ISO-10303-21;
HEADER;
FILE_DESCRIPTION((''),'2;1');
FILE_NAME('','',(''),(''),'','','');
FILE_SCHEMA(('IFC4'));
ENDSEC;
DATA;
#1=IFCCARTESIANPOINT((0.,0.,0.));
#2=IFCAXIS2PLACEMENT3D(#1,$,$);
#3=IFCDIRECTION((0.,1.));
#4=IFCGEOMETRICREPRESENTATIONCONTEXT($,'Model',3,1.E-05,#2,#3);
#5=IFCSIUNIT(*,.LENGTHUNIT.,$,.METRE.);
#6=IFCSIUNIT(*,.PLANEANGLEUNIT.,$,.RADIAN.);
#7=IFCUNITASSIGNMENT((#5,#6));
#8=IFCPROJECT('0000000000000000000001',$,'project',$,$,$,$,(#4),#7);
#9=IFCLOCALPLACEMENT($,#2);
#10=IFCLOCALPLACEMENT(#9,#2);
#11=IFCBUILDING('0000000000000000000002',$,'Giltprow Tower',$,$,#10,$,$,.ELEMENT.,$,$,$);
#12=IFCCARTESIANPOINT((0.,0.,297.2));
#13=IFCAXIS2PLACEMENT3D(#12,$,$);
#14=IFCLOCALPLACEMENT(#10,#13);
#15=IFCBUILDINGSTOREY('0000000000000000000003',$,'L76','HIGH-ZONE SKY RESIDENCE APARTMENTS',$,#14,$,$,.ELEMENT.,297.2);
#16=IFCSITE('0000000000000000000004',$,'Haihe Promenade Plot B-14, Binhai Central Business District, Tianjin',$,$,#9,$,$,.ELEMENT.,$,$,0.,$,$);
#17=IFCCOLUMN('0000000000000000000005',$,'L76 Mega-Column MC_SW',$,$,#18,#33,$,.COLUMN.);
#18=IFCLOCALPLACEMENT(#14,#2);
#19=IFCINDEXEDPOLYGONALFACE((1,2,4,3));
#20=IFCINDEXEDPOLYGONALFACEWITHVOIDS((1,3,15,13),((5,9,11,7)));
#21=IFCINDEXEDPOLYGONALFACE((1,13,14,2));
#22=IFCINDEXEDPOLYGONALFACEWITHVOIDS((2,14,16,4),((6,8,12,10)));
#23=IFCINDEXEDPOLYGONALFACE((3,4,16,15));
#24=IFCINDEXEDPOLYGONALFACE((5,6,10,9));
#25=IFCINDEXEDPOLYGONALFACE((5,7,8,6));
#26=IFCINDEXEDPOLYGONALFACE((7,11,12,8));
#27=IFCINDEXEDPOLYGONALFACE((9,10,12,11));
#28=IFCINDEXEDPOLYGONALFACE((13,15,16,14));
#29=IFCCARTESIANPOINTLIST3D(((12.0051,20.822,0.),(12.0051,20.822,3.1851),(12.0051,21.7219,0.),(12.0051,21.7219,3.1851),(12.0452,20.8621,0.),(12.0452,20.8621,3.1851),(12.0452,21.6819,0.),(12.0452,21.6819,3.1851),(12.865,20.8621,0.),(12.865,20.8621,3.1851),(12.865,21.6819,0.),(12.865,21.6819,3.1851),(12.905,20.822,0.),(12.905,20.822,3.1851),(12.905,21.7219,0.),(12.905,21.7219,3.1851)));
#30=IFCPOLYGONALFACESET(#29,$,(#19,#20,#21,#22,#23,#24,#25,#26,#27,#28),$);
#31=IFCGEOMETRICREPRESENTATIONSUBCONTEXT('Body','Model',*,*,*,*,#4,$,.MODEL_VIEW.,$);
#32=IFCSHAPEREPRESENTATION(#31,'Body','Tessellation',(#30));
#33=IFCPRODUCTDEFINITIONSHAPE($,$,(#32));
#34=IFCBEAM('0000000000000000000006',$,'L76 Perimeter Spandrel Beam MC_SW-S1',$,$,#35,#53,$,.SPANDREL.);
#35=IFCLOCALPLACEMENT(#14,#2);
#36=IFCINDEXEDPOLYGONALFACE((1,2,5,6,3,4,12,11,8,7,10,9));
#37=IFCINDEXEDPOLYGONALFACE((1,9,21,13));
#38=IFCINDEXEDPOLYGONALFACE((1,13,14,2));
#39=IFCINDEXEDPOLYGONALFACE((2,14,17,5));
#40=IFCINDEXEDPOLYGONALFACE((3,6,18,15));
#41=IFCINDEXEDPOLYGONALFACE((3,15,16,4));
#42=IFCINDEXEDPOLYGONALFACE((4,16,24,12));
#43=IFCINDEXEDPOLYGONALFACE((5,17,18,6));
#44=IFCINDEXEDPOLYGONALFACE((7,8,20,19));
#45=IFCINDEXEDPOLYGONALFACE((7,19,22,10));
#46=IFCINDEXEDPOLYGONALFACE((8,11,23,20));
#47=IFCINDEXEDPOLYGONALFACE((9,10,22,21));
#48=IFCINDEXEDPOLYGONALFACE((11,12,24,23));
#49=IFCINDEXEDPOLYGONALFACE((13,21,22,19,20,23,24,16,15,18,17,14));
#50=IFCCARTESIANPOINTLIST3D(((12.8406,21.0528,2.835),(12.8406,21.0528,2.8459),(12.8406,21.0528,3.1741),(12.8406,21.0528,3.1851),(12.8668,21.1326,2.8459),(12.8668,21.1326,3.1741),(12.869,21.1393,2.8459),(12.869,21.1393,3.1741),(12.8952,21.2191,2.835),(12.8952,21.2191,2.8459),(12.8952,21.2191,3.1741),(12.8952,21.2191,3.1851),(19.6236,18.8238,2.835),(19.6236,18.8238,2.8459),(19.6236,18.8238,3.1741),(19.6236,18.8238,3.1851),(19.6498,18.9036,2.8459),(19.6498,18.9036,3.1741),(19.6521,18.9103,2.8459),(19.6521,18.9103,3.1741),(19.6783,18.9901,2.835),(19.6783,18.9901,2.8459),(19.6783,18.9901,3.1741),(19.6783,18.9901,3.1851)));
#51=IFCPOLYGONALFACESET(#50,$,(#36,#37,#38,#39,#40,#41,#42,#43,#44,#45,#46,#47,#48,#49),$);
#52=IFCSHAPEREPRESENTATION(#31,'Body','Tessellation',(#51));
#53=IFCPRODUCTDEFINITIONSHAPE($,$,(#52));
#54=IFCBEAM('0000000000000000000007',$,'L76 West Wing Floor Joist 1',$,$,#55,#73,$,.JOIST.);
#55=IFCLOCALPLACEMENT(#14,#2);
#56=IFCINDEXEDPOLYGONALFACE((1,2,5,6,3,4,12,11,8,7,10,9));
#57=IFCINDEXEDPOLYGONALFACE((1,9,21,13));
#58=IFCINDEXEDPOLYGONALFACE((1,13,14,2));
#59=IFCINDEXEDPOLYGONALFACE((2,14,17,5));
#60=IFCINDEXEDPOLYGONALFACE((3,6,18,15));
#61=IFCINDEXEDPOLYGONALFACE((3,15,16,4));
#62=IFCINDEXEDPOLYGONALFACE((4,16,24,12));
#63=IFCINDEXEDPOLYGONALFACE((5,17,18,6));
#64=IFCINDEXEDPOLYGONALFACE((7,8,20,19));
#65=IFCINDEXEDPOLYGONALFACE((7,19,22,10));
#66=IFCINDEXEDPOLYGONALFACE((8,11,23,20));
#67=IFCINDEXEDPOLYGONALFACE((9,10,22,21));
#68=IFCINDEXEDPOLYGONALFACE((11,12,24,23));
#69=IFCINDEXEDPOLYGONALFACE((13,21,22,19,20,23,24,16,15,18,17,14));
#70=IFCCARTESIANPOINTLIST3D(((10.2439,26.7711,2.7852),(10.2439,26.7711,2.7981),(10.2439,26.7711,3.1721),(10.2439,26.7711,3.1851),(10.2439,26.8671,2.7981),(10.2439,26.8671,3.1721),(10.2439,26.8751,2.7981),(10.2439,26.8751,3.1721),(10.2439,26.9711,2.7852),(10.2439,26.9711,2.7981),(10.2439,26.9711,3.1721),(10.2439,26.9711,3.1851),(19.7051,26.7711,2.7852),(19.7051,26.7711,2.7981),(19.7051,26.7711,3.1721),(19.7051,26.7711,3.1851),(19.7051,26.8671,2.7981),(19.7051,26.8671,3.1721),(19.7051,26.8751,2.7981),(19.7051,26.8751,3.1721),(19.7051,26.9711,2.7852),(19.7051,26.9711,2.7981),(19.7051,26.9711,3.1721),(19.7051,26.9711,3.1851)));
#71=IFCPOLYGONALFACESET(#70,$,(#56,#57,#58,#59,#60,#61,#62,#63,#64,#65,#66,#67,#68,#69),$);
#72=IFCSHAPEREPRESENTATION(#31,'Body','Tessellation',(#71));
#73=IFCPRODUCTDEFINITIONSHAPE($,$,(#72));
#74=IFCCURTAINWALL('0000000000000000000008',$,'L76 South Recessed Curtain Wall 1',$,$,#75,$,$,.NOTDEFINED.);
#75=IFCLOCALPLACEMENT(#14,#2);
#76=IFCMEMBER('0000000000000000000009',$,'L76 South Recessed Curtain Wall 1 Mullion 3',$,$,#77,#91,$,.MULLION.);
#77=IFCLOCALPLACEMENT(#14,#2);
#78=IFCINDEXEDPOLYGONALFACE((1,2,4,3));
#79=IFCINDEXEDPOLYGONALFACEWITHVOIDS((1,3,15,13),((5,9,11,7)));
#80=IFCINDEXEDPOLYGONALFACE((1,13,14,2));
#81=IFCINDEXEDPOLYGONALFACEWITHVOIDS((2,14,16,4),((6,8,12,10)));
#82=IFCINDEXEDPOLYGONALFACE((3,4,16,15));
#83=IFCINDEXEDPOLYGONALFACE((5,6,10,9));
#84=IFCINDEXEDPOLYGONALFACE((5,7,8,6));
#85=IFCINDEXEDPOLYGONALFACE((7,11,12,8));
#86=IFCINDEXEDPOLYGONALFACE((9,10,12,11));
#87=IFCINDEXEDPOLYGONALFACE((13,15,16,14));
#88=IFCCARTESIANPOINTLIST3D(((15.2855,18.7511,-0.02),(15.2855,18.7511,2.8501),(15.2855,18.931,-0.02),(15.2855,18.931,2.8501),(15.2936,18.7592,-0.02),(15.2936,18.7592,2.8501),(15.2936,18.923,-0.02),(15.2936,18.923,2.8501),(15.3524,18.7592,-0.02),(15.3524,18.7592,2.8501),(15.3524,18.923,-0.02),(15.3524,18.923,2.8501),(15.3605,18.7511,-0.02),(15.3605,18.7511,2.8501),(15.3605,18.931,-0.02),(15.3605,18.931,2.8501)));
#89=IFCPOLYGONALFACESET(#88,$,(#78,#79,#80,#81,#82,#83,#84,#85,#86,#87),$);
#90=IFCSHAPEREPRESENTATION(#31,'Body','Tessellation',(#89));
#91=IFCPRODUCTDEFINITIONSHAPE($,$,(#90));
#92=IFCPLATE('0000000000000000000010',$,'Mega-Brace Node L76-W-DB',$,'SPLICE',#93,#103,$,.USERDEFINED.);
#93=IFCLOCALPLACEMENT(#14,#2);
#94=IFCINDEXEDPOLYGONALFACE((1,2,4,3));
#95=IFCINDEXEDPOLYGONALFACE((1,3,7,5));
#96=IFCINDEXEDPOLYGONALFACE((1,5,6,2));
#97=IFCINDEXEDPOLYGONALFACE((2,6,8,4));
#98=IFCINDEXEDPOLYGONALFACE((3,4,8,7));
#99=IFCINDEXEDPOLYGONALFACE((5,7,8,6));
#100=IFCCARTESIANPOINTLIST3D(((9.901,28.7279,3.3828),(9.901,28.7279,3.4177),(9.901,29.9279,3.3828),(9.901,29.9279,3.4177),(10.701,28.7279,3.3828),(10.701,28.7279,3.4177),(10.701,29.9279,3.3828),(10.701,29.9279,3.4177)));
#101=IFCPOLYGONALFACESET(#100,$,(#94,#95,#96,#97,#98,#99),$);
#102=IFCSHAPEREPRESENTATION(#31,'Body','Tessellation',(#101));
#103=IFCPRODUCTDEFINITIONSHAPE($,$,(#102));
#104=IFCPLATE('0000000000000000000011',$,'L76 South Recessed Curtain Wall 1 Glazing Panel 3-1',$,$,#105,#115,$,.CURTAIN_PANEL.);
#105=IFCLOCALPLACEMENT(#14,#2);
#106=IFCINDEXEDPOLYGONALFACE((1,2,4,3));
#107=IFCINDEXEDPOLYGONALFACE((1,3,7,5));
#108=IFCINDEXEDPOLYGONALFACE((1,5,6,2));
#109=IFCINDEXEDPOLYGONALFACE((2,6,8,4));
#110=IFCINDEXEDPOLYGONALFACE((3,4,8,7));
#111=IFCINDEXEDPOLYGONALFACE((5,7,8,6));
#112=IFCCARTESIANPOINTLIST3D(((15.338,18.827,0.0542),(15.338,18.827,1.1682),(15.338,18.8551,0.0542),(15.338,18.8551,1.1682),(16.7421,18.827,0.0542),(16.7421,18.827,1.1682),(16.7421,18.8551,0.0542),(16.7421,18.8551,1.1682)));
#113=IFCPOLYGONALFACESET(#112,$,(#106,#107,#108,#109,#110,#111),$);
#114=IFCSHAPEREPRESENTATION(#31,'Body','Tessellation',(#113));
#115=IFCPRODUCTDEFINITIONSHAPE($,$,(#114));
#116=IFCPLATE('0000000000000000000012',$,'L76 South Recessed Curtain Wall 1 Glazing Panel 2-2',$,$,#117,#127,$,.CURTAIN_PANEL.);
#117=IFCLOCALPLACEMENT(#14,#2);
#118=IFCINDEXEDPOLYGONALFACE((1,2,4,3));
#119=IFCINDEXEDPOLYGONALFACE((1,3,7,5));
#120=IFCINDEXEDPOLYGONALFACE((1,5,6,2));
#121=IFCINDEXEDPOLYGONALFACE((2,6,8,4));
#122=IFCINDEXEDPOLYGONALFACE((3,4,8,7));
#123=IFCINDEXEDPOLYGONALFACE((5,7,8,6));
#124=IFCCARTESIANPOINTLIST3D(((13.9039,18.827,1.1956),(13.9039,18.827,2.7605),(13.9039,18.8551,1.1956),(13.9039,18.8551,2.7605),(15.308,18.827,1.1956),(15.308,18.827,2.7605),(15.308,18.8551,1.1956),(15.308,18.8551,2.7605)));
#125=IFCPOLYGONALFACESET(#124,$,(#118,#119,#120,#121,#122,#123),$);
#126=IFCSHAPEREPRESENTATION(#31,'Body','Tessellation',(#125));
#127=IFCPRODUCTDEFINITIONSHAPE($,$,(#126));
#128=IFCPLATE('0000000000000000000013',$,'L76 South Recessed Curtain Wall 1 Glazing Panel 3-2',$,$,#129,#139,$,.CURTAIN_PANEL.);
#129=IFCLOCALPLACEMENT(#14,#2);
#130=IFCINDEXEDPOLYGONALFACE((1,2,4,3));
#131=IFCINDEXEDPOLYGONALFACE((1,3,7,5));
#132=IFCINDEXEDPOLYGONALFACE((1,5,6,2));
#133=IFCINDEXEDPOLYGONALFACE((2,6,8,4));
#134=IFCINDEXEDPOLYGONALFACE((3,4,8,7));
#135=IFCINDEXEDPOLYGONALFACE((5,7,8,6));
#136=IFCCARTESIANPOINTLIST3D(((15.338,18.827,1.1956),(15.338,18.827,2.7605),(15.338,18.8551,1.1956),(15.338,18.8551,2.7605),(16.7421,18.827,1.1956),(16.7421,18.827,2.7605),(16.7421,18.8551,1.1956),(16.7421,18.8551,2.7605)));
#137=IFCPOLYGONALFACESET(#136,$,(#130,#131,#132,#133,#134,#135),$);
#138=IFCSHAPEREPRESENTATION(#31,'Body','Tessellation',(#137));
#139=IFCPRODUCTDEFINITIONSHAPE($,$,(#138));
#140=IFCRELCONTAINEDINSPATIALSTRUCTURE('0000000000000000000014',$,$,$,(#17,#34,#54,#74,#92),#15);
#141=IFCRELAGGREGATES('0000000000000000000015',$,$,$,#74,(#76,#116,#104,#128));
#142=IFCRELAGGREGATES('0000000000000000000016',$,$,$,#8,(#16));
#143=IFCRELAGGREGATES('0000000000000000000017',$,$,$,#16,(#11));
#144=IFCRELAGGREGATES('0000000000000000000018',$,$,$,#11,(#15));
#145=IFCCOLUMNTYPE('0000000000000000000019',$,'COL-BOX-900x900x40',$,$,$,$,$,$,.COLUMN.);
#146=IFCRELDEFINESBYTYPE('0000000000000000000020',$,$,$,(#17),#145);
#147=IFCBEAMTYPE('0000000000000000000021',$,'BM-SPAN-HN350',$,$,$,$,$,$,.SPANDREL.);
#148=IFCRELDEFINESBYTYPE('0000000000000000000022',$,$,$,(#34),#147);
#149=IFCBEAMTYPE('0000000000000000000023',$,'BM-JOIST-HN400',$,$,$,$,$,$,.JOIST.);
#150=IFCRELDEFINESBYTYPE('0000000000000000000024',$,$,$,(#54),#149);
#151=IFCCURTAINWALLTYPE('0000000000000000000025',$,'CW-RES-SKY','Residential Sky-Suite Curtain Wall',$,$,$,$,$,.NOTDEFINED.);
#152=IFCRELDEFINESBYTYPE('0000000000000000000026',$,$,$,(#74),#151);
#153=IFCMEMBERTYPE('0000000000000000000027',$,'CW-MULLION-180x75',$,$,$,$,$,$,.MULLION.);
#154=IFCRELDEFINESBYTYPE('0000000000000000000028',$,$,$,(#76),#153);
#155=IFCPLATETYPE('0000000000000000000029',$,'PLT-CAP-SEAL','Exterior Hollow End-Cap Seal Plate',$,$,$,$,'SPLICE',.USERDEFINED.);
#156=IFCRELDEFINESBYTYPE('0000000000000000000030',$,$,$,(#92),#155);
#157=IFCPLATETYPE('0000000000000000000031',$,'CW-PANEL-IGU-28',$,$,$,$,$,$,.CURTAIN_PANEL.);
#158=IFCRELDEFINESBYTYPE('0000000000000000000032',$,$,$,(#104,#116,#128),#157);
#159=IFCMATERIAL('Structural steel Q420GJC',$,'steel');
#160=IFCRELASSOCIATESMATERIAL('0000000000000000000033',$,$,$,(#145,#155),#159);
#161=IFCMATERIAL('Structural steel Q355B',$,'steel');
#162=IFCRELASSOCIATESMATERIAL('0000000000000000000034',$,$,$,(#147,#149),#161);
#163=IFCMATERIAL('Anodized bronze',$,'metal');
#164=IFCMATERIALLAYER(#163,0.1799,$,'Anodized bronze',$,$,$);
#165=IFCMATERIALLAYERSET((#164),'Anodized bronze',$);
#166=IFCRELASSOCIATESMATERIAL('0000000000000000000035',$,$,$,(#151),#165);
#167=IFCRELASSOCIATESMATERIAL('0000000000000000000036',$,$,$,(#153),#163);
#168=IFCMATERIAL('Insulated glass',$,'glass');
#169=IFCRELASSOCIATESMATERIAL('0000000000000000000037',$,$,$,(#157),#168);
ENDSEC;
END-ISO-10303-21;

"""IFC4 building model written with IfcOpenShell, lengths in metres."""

from ifc_helpers import new_model, si_unit, direction, frame, origin, origin_2d, place, context, subcontext, project, spatial, rectangle, hollow_rectangle, i_section, extrude, source, transform, mapped, material, layer, layer_set, material_profile, profile_set, type_object, element, aggregate, save


model = new_model("IFC4")

# Units and contexts
model_context = context("Model", 3, precision=1e-05, world=origin(), true_north=direction((0.0, 1.0)))
body_context = subcontext(model_context, "Body", "Model", "MODEL_VIEW")
ifc_project = project(units=[si_unit("LENGTHUNIT", "METRE"), si_unit("PLANEANGLEUNIT", "RADIAN")], contexts=[model_context])

# Site, building, storey
site_placement = place(None, origin())
site = spatial("IfcSite", under=ifc_project, at=site_placement, Name="Haihe Promenade Plot B-14, Binhai Central Business District, Tianjin", CompositionType="ELEMENT", RefElevation=0.0)
building_placement = place(site_placement, origin())
building = spatial("IfcBuilding", under=site, at=building_placement, Name="Giltprow Tower", CompositionType="ELEMENT")
storey_placement = place(building_placement, frame((0.0, 0.0, 297.2)))
storey = spatial("IfcBuildingStorey", under=building, at=storey_placement, Name="L76", Description="HIGH-ZONE SKY RESIDENCE APARTMENTS", CompositionType="ELEMENT", Elevation=297.2)

# Column
ifc_material_1 = material(Name="Structural steel Q420GJC", Category="steel")
ifc_material_profile_1 = material_profile(ifc_material_1, hollow_rectangle(XDim=0.8999, YDim=0.8999, WallThickness=0.04, at=origin_2d()), Name="BOX 900x900x40")
ifc_profile_set_1 = profile_set([ifc_material_profile_1], Name="Structural steel Q420GJC")
column_type = type_object("IfcColumnType", Name="COL-BOX-900x900x40", PredefinedType="COLUMN", material=ifc_profile_set_1)
shared_shape_1 = source(origin(), body_context, "Body", "SweptSolid", [
    extrude(hollow_rectangle(XDim=0.8999, YDim=0.8999, WallThickness=0.04, at=origin_2d()), origin(), (0.0, 0.0, 1.0), 3.1851),
])
column_placement = place(storey_placement, frame((12.4551, 21.272, 0.0), z_axis=(0.0, 0.0, 1.0), x_axis=(1.0, 0.0, 0.0)))
element("IfcColumn", 1, at=column_placement, inside=storey, type_object=column_type, Name="L76 Mega-Column MC_SW", PredefinedType="COLUMN", context=body_context, shape_type="MappedRepresentation", body=[
    mapped(shared_shape_1, transform((0.0, 0.0, 0.0), x_axis=(1.0, 0.0, 0.0), y_axis=(0.0, 1.0, 0.0), z_axis=(0.0, 0.0, 1.0), scale=1.0)),
])

# Beams
ifc_material_2 = material(Name="Structural steel Q355B", Category="steel")
ifc_material_profile_2 = material_profile(ifc_material_2, i_section(OverallWidth=0.175, OverallDepth=0.3501, WebThickness=0.0071, FlangeThickness=0.011, at=origin_2d()), Name="HN 350x175x7x11")
ifc_profile_set_2 = profile_set([ifc_material_profile_2], Name="Structural steel Q355B")
beam_type_1 = type_object("IfcBeamType", Name="BM-SPAN-HN350", PredefinedType="SPANDREL", material=ifc_profile_set_2)
shared_shape_2 = source(origin(), body_context, "Body", "SweptSolid", [
    extrude(i_section(OverallWidth=0.175, OverallDepth=0.3501, WebThickness=0.0071, FlangeThickness=0.011, at=origin_2d()), origin(), (0.0, 0.0, 1.0), 7.1399),
])
beam_1_placement = place(storey_placement, frame((12.8679, 21.136, 3.01), z_axis=(0.950019, -0.312193, 0.0), x_axis=(0.312193, 0.950019, 0.0)))
element("IfcBeam", 2, at=beam_1_placement, inside=storey, type_object=beam_type_1, Name="L76 Perimeter Spandrel Beam MC_SW-S1", PredefinedType="SPANDREL", context=body_context, shape_type="MappedRepresentation", body=[
    mapped(shared_shape_2, transform((0.0, 0.0, 0.0), x_axis=(1.0, 0.0, 0.0), y_axis=(0.0, 1.0, 0.0), z_axis=(0.0, 0.0, 1.0), scale=1.0)),
])
ifc_material_profile_3 = material_profile(ifc_material_2, i_section(OverallWidth=0.2, OverallDepth=0.3999, WebThickness=0.0081, FlangeThickness=0.0129, at=origin_2d()), Name="HN 400x200x8x13")
ifc_profile_set_3 = profile_set([ifc_material_profile_3], Name="Structural steel Q355B")
beam_type_2 = type_object("IfcBeamType", Name="BM-JOIST-HN400", PredefinedType="JOIST", material=ifc_profile_set_3)
shared_shape_3 = source(origin(), body_context, "Body", "SweptSolid", [
    extrude(i_section(OverallWidth=0.2, OverallDepth=0.3999, WebThickness=0.0081, FlangeThickness=0.0129, at=origin_2d()), origin(), (0.0, 0.0, 1.0), 9.4612),
])
beam_2_placement = place(storey_placement, frame((10.2439, 26.8711, 2.9851), z_axis=(1.0, 0.0, 0.0), x_axis=(0.0, 1.0, 0.0)))
element("IfcBeam", 3, at=beam_2_placement, inside=storey, type_object=beam_type_2, Name="L76 West Wing Floor Joist 1", PredefinedType="JOIST", context=body_context, shape_type="MappedRepresentation", body=[
    mapped(shared_shape_3, transform((0.0, 0.0, 0.0), x_axis=(1.0, 0.0, 0.0), y_axis=(0.0, 1.0, 0.0), z_axis=(0.0, 0.0, 1.0), scale=1.0)),
])

# Curtain wall, member
ifc_material_3 = material(Name="Anodized bronze", Category="metal")
ifc_layer_1 = layer(ifc_material_3, 0.1799, Name="Anodized bronze")
ifc_layer_set_1 = layer_set([ifc_layer_1], Name="Anodized bronze")
curtain_wall_type = type_object("IfcCurtainWallType", Name="CW-RES-SKY", Description="Residential Sky-Suite Curtain Wall", PredefinedType="NOTDEFINED", material=ifc_layer_set_1)
curtain_wall_placement = place(storey_placement, origin())
curtain_wall = element("IfcCurtainWall", 4, at=curtain_wall_placement, inside=storey, type_object=curtain_wall_type, Name="L76 South Recessed Curtain Wall 1", PredefinedType="NOTDEFINED")
ifc_material_profile_4 = material_profile(ifc_material_3, hollow_rectangle(XDim=0.075, YDim=0.1799, WallThickness=0.0081, at=origin_2d()), Name="RHS 180x75x8")
ifc_profile_set_4 = profile_set([ifc_material_profile_4], Name="Anodized bronze")
member_type = type_object("IfcMemberType", Name="CW-MULLION-180x75", PredefinedType="MULLION", material=ifc_profile_set_4)
shared_shape_4 = source(origin(), body_context, "Body", "SweptSolid", [
    extrude(hollow_rectangle(XDim=0.075, YDim=0.1799, WallThickness=0.0081, at=origin_2d()), origin(), (0.0, 0.0, 1.0), 2.8701),
])
member_placement = place(storey_placement, frame((15.323, 18.8411, -0.02), z_axis=(0.0, 0.0, 1.0), x_axis=(1.0, 0.0, 0.0)))
member = element("IfcMember", 5, at=member_placement, type_object=member_type, Name="L76 South Recessed Curtain Wall 1 Mullion 3", PredefinedType="MULLION", context=body_context, shape_type="MappedRepresentation", body=[
    mapped(shared_shape_4, transform((0.0, 0.0, 0.0), x_axis=(1.0, 0.0, 0.0), y_axis=(0.0, 1.0, 0.0), z_axis=(0.0, 0.0, 1.0), scale=1.0)),
])

# Plates
plate_type_1 = type_object("IfcPlateType", Name="PLT-CAP-SEAL", Description="Exterior Hollow End-Cap Seal Plate", ElementType="SPLICE", PredefinedType="USERDEFINED", material=ifc_material_1)
shared_shape_5 = source(origin(), body_context, "Body", "SweptSolid", [
    extrude(rectangle(XDim=1.2, YDim=0.8, at=origin_2d()), origin(), (0.0, 0.0, 1.0), 0.0349),
])
plate_1_placement = place(storey_placement, frame((10.301, 29.3279, 3.3828), z_axis=(0.0, 0.0, 1.0), x_axis=(0.0, 1.0, 0.0)))
element("IfcPlate", 6, at=plate_1_placement, inside=storey, type_object=plate_type_1, Name="Mega-Brace Node L76-W-DB", ObjectType="SPLICE", PredefinedType="USERDEFINED", context=body_context, shape_type="MappedRepresentation", body=[
    mapped(shared_shape_5, transform((0.0, 0.0, 0.0), x_axis=(1.0, 0.0, 0.0), y_axis=(0.0, 1.0, 0.0), z_axis=(0.0, 0.0, 1.0), scale=1.0)),
])
ifc_material_4 = material(Name="Insulated glass", Category="glass")
plate_type_2 = type_object("IfcPlateType", Name="CW-PANEL-IGU-28", PredefinedType="CURTAIN_PANEL", material=ifc_material_4)
shared_shape_6 = source(origin(), body_context, "Body", "SweptSolid", [
    extrude(rectangle(XDim=1.4041, YDim=0.0281, at=origin_2d()), origin(), (0.0, 0.0, 1.0), 1.114),
])
plate_2_placement = place(storey_placement, frame((16.04, 18.8411, 0.0542), z_axis=(0.0, 0.0, 1.0), x_axis=(1.0, 0.0, 0.0)))
plate_2 = element("IfcPlate", 7, at=plate_2_placement, type_object=plate_type_2, Name="L76 South Recessed Curtain Wall 1 Glazing Panel 3-1", PredefinedType="CURTAIN_PANEL", context=body_context, shape_type="MappedRepresentation", body=[
    mapped(shared_shape_6, transform((0.0, 0.0, 0.0), x_axis=(1.0, 0.0, 0.0), y_axis=(0.0, 1.0, 0.0), z_axis=(0.0, 0.0, 1.0), scale=1.0)),
])
shared_shape_7 = source(origin(), body_context, "Body", "SweptSolid", [
    extrude(rectangle(XDim=1.4041, YDim=0.0281, at=origin_2d()), origin(), (0.0, 0.0, 1.0), 1.5649),
])
plate_3_placement = place(storey_placement, frame((14.606, 18.8411, 1.1956), z_axis=(0.0, 0.0, 1.0), x_axis=(1.0, 0.0, 0.0)))
plate_3 = element("IfcPlate", 8, at=plate_3_placement, type_object=plate_type_2, Name="L76 South Recessed Curtain Wall 1 Glazing Panel 2-2", PredefinedType="CURTAIN_PANEL", context=body_context, shape_type="MappedRepresentation", body=[
    mapped(shared_shape_7, transform((0.0, 0.0, 0.0), x_axis=(1.0, 0.0, 0.0), y_axis=(0.0, 1.0, 0.0), z_axis=(0.0, 0.0, 1.0), scale=1.0)),
])
plate_4_placement = place(storey_placement, frame((16.04, 18.8411, 1.1956), z_axis=(0.0, 0.0, 1.0), x_axis=(1.0, 0.0, 0.0)))
plate_4 = element("IfcPlate", 9, at=plate_4_placement, type_object=plate_type_2, Name="L76 South Recessed Curtain Wall 1 Glazing Panel 3-2", PredefinedType="CURTAIN_PANEL", context=body_context, shape_type="MappedRepresentation", body=[
    mapped(shared_shape_7, transform((0.0, 0.0, 0.0), x_axis=(1.0, 0.0, 0.0), y_axis=(0.0, 1.0, 0.0), z_axis=(0.0, 0.0, 1.0), scale=1.0)),
])
aggregate(curtain_wall, [member, plate_3, plate_2, plate_4])

save(model, "model.ifc")
